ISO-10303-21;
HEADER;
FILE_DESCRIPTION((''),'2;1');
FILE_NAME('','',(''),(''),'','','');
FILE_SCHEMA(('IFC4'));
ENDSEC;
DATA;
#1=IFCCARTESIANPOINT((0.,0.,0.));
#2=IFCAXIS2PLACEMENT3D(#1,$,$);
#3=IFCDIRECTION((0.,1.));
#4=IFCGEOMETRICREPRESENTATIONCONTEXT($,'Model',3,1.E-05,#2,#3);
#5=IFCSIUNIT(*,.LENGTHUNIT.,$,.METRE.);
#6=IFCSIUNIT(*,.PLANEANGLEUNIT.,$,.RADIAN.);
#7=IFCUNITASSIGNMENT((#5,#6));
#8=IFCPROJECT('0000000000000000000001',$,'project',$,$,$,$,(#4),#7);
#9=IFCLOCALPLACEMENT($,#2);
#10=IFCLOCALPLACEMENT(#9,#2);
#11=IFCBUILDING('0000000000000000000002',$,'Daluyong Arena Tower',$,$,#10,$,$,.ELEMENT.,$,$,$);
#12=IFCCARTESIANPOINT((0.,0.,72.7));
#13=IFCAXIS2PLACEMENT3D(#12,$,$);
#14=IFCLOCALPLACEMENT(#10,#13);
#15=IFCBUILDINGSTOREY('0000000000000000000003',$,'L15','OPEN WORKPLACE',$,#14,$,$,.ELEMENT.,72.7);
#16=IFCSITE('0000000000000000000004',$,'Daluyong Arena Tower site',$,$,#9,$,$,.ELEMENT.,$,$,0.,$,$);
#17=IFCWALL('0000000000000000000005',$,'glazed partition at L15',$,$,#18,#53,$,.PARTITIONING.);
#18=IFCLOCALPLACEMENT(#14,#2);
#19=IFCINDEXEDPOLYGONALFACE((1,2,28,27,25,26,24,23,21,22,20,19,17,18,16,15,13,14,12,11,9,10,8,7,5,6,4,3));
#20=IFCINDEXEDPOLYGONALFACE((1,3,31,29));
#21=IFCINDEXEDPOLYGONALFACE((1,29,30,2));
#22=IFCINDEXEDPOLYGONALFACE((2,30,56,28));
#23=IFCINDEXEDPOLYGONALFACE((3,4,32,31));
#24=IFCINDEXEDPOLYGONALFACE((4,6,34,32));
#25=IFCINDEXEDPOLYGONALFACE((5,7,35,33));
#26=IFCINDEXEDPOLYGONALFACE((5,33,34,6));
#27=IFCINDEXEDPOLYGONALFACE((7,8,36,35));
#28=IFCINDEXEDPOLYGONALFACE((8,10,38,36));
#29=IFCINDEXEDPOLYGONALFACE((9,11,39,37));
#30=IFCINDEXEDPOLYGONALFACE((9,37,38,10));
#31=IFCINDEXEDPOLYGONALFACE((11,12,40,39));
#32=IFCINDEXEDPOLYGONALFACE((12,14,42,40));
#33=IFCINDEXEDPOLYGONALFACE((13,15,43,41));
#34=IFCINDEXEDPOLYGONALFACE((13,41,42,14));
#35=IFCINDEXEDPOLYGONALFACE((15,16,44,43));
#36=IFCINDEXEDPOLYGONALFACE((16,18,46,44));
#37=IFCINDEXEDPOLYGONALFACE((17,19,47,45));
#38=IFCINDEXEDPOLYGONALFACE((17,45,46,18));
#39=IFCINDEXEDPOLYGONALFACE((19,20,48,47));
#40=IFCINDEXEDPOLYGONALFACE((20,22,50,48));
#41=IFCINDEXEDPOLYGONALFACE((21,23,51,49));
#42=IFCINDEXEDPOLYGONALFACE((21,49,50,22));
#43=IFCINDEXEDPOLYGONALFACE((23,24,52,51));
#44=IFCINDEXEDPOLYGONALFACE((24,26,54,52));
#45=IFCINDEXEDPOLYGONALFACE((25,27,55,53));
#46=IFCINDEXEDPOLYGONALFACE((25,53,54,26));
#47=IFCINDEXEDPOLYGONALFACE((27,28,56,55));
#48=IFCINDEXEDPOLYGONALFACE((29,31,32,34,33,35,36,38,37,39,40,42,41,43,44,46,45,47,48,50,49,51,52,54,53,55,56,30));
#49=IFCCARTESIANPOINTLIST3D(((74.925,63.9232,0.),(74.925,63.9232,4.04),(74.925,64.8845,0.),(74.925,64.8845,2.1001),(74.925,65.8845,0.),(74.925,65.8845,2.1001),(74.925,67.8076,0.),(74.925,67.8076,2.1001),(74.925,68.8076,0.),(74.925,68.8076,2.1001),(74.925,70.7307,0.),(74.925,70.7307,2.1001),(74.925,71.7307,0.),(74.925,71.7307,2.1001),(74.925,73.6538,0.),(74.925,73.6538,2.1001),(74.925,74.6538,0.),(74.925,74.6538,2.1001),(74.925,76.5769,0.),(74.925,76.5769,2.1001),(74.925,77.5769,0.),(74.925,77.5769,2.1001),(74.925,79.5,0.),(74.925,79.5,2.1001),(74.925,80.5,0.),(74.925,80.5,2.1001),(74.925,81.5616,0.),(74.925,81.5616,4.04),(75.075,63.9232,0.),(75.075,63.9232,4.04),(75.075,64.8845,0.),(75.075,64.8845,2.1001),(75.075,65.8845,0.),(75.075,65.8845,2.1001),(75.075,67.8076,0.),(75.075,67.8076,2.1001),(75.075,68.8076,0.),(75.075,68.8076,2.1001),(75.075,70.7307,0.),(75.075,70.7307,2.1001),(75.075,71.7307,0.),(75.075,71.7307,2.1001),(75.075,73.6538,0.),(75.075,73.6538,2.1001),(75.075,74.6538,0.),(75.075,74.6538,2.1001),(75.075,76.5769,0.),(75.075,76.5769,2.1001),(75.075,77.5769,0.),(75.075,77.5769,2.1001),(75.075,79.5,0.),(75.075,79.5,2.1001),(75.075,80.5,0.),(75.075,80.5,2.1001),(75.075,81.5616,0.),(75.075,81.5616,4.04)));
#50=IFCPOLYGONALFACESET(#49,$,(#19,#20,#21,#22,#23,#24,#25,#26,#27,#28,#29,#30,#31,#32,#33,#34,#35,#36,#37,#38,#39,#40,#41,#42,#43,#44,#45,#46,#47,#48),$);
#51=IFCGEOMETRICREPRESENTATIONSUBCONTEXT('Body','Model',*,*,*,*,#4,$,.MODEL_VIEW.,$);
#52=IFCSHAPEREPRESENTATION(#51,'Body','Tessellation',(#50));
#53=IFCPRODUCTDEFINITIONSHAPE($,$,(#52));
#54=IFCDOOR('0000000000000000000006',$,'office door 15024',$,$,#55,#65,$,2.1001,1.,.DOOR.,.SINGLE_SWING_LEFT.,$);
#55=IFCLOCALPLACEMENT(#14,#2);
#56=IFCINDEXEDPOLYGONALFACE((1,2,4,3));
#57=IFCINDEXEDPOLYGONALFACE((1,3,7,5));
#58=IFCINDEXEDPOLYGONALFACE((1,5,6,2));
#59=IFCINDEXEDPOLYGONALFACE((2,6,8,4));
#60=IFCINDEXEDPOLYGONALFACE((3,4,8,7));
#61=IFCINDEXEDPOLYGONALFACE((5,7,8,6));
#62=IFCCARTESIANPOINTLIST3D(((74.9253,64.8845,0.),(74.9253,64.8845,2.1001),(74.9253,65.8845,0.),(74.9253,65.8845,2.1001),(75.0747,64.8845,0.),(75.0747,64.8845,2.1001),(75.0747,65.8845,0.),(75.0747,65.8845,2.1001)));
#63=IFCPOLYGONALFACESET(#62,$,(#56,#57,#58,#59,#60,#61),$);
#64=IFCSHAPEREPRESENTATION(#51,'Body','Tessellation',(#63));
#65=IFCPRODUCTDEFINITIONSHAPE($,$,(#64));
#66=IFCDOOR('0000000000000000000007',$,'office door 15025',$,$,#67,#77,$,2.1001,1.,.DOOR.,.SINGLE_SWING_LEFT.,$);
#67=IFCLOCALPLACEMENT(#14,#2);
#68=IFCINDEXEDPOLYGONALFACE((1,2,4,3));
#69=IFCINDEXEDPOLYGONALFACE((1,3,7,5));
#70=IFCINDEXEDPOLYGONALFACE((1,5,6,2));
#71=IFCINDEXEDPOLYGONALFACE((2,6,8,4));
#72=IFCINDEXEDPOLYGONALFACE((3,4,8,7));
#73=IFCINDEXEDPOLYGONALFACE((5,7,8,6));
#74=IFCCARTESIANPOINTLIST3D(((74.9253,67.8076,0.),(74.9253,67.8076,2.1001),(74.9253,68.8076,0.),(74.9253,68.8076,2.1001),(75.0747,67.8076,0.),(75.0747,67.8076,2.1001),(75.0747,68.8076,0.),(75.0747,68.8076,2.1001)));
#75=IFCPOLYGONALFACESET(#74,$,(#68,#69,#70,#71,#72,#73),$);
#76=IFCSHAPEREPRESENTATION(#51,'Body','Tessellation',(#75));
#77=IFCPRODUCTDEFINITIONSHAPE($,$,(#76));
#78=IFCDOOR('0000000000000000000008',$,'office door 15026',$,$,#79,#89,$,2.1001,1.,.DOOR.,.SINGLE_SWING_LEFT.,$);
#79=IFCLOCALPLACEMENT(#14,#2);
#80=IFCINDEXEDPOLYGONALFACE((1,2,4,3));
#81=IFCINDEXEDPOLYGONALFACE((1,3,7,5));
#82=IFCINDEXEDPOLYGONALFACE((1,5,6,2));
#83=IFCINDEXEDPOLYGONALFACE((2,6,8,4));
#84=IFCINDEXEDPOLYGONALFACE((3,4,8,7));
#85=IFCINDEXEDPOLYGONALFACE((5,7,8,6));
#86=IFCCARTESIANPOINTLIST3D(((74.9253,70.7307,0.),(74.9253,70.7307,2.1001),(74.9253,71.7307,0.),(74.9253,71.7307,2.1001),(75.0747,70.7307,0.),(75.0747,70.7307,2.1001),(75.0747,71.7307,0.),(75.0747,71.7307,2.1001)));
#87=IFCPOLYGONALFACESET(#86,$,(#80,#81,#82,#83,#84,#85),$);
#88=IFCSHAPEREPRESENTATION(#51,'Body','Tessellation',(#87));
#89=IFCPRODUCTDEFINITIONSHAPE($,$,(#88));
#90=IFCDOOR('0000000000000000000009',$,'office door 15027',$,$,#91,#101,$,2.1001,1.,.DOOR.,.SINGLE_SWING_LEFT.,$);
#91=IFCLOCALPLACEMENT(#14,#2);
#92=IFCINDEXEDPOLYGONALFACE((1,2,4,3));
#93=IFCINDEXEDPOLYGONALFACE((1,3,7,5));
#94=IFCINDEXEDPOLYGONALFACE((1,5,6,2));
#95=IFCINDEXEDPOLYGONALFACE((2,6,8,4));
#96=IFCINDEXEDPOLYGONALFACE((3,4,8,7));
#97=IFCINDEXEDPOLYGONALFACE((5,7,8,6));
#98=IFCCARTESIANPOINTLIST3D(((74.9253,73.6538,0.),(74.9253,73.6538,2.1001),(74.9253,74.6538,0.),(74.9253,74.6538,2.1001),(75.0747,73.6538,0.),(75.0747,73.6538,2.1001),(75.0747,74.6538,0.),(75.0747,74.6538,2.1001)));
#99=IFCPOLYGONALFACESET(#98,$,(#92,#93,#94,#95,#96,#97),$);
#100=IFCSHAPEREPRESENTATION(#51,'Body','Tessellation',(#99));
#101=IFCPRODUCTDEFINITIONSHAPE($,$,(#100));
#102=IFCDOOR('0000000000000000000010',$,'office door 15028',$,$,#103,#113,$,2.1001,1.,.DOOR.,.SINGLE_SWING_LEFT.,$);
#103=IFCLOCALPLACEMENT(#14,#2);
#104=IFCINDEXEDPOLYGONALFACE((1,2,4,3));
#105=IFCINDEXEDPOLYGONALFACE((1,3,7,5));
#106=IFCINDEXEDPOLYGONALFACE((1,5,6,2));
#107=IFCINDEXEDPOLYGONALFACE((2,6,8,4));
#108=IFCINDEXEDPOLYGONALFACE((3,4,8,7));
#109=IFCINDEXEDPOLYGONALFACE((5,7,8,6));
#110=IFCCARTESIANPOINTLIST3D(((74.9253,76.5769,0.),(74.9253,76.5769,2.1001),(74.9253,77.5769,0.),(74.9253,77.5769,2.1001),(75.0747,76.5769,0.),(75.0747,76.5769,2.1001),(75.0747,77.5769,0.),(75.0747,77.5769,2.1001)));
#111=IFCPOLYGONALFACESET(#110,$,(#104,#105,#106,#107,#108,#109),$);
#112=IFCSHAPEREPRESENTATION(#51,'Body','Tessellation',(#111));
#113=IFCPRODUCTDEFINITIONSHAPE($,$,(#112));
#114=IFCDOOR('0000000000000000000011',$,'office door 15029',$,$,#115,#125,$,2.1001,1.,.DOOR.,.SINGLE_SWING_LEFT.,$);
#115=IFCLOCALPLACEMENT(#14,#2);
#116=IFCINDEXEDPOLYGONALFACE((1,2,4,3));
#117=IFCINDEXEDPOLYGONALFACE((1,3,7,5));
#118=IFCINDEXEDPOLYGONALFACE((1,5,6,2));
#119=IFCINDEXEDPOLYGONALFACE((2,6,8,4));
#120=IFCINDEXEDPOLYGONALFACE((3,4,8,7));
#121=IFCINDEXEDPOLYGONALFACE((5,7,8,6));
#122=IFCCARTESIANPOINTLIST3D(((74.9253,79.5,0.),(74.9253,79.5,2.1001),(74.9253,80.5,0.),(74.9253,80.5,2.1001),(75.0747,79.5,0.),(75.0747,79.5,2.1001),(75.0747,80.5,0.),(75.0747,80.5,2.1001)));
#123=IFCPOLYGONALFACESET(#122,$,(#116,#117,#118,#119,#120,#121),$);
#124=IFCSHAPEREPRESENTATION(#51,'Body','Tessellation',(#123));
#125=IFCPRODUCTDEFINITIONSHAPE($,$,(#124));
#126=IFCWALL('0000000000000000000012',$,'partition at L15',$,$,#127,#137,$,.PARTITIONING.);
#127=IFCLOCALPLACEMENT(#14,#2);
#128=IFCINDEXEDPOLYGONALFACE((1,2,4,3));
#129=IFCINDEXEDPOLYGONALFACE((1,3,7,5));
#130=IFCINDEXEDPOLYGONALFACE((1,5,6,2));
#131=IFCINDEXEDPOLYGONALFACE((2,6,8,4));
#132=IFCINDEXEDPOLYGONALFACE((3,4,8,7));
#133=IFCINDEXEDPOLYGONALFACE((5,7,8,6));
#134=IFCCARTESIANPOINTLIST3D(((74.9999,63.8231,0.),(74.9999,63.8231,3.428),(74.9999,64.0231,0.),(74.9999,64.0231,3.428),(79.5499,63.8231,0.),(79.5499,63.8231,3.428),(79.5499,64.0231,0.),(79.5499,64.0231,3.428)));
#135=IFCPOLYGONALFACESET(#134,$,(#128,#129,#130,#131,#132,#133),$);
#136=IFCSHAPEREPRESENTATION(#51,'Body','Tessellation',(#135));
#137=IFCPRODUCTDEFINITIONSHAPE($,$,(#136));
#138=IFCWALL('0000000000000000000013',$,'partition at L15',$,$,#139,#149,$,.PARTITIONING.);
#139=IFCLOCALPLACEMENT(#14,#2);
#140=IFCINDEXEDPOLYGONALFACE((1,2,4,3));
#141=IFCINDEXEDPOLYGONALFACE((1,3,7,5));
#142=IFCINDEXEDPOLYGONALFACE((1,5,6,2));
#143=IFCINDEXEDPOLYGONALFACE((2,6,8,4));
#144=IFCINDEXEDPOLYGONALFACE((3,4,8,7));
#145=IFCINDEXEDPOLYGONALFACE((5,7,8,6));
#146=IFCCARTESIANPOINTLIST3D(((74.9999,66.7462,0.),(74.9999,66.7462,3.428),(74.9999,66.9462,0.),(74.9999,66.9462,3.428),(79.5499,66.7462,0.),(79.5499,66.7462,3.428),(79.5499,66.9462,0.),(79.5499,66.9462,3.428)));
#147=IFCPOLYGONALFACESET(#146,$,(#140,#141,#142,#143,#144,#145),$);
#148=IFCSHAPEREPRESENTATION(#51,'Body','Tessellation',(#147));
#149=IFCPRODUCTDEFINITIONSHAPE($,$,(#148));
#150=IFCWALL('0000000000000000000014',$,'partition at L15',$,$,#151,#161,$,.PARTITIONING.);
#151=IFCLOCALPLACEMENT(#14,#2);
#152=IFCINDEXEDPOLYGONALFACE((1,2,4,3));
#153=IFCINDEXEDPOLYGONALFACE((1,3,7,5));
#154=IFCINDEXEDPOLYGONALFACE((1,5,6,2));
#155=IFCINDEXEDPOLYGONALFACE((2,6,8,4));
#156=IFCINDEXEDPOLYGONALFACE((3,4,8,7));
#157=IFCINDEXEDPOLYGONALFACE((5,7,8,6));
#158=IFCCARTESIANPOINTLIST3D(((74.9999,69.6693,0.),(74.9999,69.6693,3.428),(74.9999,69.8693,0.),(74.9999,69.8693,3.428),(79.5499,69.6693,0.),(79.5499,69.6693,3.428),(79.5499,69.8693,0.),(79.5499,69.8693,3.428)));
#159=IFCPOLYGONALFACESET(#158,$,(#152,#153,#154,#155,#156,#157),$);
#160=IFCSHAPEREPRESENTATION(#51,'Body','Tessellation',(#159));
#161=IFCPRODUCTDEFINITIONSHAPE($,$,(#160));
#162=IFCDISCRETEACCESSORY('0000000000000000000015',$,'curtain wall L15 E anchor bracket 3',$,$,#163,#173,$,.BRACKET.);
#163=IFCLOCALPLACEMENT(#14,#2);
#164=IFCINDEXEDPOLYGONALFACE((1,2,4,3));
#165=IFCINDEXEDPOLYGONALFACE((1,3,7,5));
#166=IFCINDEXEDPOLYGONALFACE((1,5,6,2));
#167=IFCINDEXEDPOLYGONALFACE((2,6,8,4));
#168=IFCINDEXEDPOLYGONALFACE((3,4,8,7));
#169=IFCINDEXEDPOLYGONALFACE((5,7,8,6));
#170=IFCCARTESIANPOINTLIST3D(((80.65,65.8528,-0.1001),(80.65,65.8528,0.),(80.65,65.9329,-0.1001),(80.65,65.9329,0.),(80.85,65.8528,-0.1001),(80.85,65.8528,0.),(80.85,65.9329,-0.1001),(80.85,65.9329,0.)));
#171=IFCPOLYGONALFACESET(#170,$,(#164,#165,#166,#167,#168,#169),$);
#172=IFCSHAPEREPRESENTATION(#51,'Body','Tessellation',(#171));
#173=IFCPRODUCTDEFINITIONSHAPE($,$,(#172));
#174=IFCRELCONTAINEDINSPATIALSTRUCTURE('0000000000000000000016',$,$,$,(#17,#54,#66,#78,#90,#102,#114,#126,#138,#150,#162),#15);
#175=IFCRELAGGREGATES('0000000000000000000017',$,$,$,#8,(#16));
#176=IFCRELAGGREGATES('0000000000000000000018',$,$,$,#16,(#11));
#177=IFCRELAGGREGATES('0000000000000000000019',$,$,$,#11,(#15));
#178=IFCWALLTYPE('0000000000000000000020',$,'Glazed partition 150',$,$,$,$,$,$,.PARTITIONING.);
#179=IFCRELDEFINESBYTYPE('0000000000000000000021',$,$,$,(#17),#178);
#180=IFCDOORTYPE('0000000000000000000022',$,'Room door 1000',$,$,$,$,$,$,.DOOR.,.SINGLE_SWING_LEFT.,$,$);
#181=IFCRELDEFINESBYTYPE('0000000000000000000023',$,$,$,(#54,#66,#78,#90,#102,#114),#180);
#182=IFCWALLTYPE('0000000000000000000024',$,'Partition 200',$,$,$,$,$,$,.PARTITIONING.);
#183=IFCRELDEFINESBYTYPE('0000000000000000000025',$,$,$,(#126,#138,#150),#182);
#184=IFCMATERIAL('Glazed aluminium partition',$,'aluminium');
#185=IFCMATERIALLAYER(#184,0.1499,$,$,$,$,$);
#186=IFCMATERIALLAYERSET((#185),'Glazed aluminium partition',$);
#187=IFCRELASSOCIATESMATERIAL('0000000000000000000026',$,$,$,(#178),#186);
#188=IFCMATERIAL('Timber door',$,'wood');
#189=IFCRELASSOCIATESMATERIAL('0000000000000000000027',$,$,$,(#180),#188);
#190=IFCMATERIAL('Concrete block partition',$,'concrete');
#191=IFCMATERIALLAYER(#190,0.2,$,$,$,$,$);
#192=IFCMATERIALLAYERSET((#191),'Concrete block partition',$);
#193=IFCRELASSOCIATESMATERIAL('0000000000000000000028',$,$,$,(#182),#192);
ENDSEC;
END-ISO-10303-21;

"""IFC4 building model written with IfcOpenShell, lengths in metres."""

from ifc_helpers import new_model, si_unit, direction, frame, frame_2d, origin, origin_2d, place, context, subcontext, project, spatial, rectangle, extrude, material, layer, layer_set, type_object, element, fill, save


model = new_model("IFC4")

# Units and contexts
model_context = context("Model", 3, precision=1e-05, world=origin(), true_north=direction((0.0, 1.0)))
body_context = subcontext(model_context, "Body", "Model", "MODEL_VIEW")
ifc_project = project(units=[si_unit("LENGTHUNIT", "METRE"), si_unit("PLANEANGLEUNIT", "RADIAN")], contexts=[model_context])

# Site, building, storey
site_placement = place(None, origin())
site = spatial("IfcSite", under=ifc_project, at=site_placement, Name="Daluyong Arena Tower site", CompositionType="ELEMENT", RefElevation=0.0)
building_placement = place(site_placement, origin())
building = spatial("IfcBuilding", under=site, at=building_placement, Name="Daluyong Arena Tower", CompositionType="ELEMENT")
storey_placement = place(building_placement, frame((0.0, 0.0, 72.7)))
storey = spatial("IfcBuildingStorey", under=building, at=storey_placement, Name="L15", Description="OPEN WORKPLACE", CompositionType="ELEMENT", Elevation=72.7)

# Wall, openings, doors
ifc_material_1 = material(Name="Glazed aluminium partition", Category="aluminium")
ifc_layer_1 = layer(ifc_material_1, 0.1499)
ifc_layer_set_1 = layer_set([ifc_layer_1], Name="Glazed aluminium partition")
wall_type_1 = type_object("IfcWallType", Name="Glazed partition 150", PredefinedType="PARTITIONING", material=ifc_layer_set_1)
wall_placement = place(storey_placement, frame((75.0, 63.9231, 0.0), z_axis=(0.0, 0.0, 1.0), x_axis=(0.0, 1.0, 0.0)))
wall = element("IfcWall", 1, at=wall_placement, inside=storey, type_object=wall_type_1, Name="glazed partition at L15", PredefinedType="PARTITIONING", context=body_context, shape_type="SweptSolid", body=[
    extrude(rectangle(XDim=17.6384, YDim=0.1499, at=frame_2d((8.8193, 0.0))), origin(), (0.0, 0.0, 1.0), 4.04),
])
opening_1_placement = place(wall_placement, frame((0.9614, 0.0, 0.0)))
opening_1 = element("IfcOpeningElement", 2, at=opening_1_placement, cuts=wall, PredefinedType="OPENING", context=body_context, shape_type="SweptSolid", body=[
    extrude(rectangle(XDim=1.0, YDim=2.1001, at=frame_2d((0.5, 1.05))), frame((0.0, 0.085, 0.0), z_axis=(0.0, -1.0, 0.0), x_axis=(1.0, 0.0, 0.0)), (0.0, 0.0, 1.0), 0.1699),
])
opening_2_placement = place(wall_placement, frame((3.8845, 0.0, 0.0)))
opening_2 = element("IfcOpeningElement", 3, at=opening_2_placement, cuts=wall, PredefinedType="OPENING", context=body_context, shape_type="SweptSolid", body=[
    extrude(rectangle(XDim=1.0, YDim=2.1001, at=frame_2d((0.5, 1.05))), frame((0.0, 0.085, 0.0), z_axis=(0.0, -1.0, 0.0), x_axis=(1.0, 0.0, 0.0)), (0.0, 0.0, 1.0), 0.1699),
])
opening_3_placement = place(wall_placement, frame((6.8076, 0.0, 0.0)))
opening_3 = element("IfcOpeningElement", 4, at=opening_3_placement, cuts=wall, PredefinedType="OPENING", context=body_context, shape_type="SweptSolid", body=[
    extrude(rectangle(XDim=1.0, YDim=2.1001, at=frame_2d((0.5, 1.05))), frame((0.0, 0.085, 0.0), z_axis=(0.0, -1.0, 0.0), x_axis=(1.0, 0.0, 0.0)), (0.0, 0.0, 1.0), 0.1699),
])
opening_4_placement = place(wall_placement, frame((9.7307, 0.0, 0.0)))
opening_4 = element("IfcOpeningElement", 5, at=opening_4_placement, cuts=wall, PredefinedType="OPENING", context=body_context, shape_type="SweptSolid", body=[
    extrude(rectangle(XDim=1.0, YDim=2.1001, at=frame_2d((0.5, 1.05))), frame((0.0, 0.085, 0.0), z_axis=(0.0, -1.0, 0.0), x_axis=(1.0, 0.0, 0.0)), (0.0, 0.0, 1.0), 0.1699),
])
opening_5_placement = place(wall_placement, frame((12.6538, 0.0, 0.0)))
opening_5 = element("IfcOpeningElement", 6, at=opening_5_placement, cuts=wall, PredefinedType="OPENING", context=body_context, shape_type="SweptSolid", body=[
    extrude(rectangle(XDim=1.0, YDim=2.1001, at=frame_2d((0.5, 1.05))), frame((0.0, 0.085, 0.0), z_axis=(0.0, -1.0, 0.0), x_axis=(1.0, 0.0, 0.0)), (0.0, 0.0, 1.0), 0.1699),
])
opening_6_placement = place(wall_placement, frame((15.5769, 0.0, 0.0)))
opening_6 = element("IfcOpeningElement", 7, at=opening_6_placement, cuts=wall, PredefinedType="OPENING", context=body_context, shape_type="SweptSolid", body=[
    extrude(rectangle(XDim=1.0, YDim=2.1001, at=frame_2d((0.5, 1.05))), frame((0.0, 0.085, 0.0), z_axis=(0.0, -1.0, 0.0), x_axis=(1.0, 0.0, 0.0)), (0.0, 0.0, 1.0), 0.1699),
])
ifc_material_2 = material(Name="Timber door", Category="wood")
door_type = type_object("IfcDoorType", Name="Room door 1000", OperationType="SINGLE_SWING_LEFT", PredefinedType="DOOR", material=ifc_material_2)
door_1_placement = place(opening_1_placement, origin())
door_1 = element("IfcDoor", 8, at=door_1_placement, inside=storey, type_object=door_type, Name="office door 15024", OperationType="SINGLE_SWING_LEFT", OverallHeight=2.1001, OverallWidth=1.0, PredefinedType="DOOR", context=body_context, shape_type="SweptSolid", body=[
    extrude(rectangle(XDim=1.0, YDim=2.1001, at=frame_2d((0.5, 1.05))), frame((0.0, 0.0747, 0.0), z_axis=(0.0, -1.0, 0.0), x_axis=(1.0, 0.0, 0.0)), (0.0, 0.0, 1.0), 0.1494),
])
fill(opening_1, door_1)
door_2_placement = place(opening_2_placement, origin())
door_2 = element("IfcDoor", 9, at=door_2_placement, inside=storey, type_object=door_type, Name="office door 15025", OperationType="SINGLE_SWING_LEFT", OverallHeight=2.1001, OverallWidth=1.0, PredefinedType="DOOR", context=body_context, shape_type="SweptSolid", body=[
    extrude(rectangle(XDim=1.0, YDim=2.1001, at=frame_2d((0.5, 1.05))), frame((0.0, 0.0747, 0.0), z_axis=(0.0, -1.0, 0.0), x_axis=(1.0, 0.0, 0.0)), (0.0, 0.0, 1.0), 0.1494),
])
fill(opening_2, door_2)
door_3_placement = place(opening_3_placement, origin())
door_3 = element("IfcDoor", 10, at=door_3_placement, inside=storey, type_object=door_type, Name="office door 15026", OperationType="SINGLE_SWING_LEFT", OverallHeight=2.1001, OverallWidth=1.0, PredefinedType="DOOR", context=body_context, shape_type="SweptSolid", body=[
    extrude(rectangle(XDim=1.0, YDim=2.1001, at=frame_2d((0.5, 1.05))), frame((0.0, 0.0747, 0.0), z_axis=(0.0, -1.0, 0.0), x_axis=(1.0, 0.0, 0.0)), (0.0, 0.0, 1.0), 0.1494),
])
fill(opening_3, door_3)
door_4_placement = place(opening_4_placement, origin())
door_4 = element("IfcDoor", 11, at=door_4_placement, inside=storey, type_object=door_type, Name="office door 15027", OperationType="SINGLE_SWING_LEFT", OverallHeight=2.1001, OverallWidth=1.0, PredefinedType="DOOR", context=body_context, shape_type="SweptSolid", body=[
    extrude(rectangle(XDim=1.0, YDim=2.1001, at=frame_2d((0.5, 1.05))), frame((0.0, 0.0747, 0.0), z_axis=(0.0, -1.0, 0.0), x_axis=(1.0, 0.0, 0.0)), (0.0, 0.0, 1.0), 0.1494),
])
fill(opening_4, door_4)
door_5_placement = place(opening_5_placement, origin())
door_5 = element("IfcDoor", 12, at=door_5_placement, inside=storey, type_object=door_type, Name="office door 15028", OperationType="SINGLE_SWING_LEFT", OverallHeight=2.1001, OverallWidth=1.0, PredefinedType="DOOR", context=body_context, shape_type="SweptSolid", body=[
    extrude(rectangle(XDim=1.0, YDim=2.1001, at=frame_2d((0.5, 1.05))), frame((0.0, 0.0747, 0.0), z_axis=(0.0, -1.0, 0.0), x_axis=(1.0, 0.0, 0.0)), (0.0, 0.0, 1.0), 0.1494),
])
fill(opening_5, door_5)
door_6_placement = place(opening_6_placement, origin())
door_6 = element("IfcDoor", 13, at=door_6_placement, inside=storey, type_object=door_type, Name="office door 15029", OperationType="SINGLE_SWING_LEFT", OverallHeight=2.1001, OverallWidth=1.0, PredefinedType="DOOR", context=body_context, shape_type="SweptSolid", body=[
    extrude(rectangle(XDim=1.0, YDim=2.1001, at=frame_2d((0.5, 1.05))), frame((0.0, 0.0747, 0.0), z_axis=(0.0, -1.0, 0.0), x_axis=(1.0, 0.0, 0.0)), (0.0, 0.0, 1.0), 0.1494),
])
fill(opening_6, door_6)

# Walls
ifc_material_3 = material(Name="Concrete block partition", Category="concrete")
ifc_layer_2 = layer(ifc_material_3, 0.2)
ifc_layer_set_2 = layer_set([ifc_layer_2], Name="Concrete block partition")
wall_type_2 = type_object("IfcWallType", Name="Partition 200", PredefinedType="PARTITIONING", material=ifc_layer_set_2)
for number, where, z_axis, x_axis, name in (
    (14, (75.0, 63.9231, 0.0), (0.0, 0.0, 1.0), (1.0, 0.0, 0.0), "partition at L15"),
    (15, (75.0, 66.8462, 0.0), (0.0, 0.0, 1.0), (1.0, 0.0, 0.0), "partition at L15"),
    (16, (75.0, 69.7693, 0.0), (0.0, 0.0, 1.0), (1.0, 0.0, 0.0), "partition at L15"),
):
    element("IfcWall", number, at=place(storey_placement, frame(where, z_axis=z_axis, x_axis=x_axis)), inside=storey, type_object=wall_type_2, Name=name, PredefinedType="PARTITIONING", context=body_context, shape_type="SweptSolid", body=[
        extrude(rectangle(XDim=4.55, YDim=0.2, at=frame_2d((2.2749, 0.0))), origin(), (0.0, 0.0, 1.0), 3.428),
    ])

# Discrete accessory
for number, where, z_axis, x_axis, name in (
    (17, (80.75, 65.8928, -0.1001), (0.0, 0.0, 1.0), (0.0, 1.0, 0.0), "curtain wall L15 E anchor bracket 3"),
):
    element("IfcDiscreteAccessory", number, at=place(storey_placement, frame(where, z_axis=z_axis, x_axis=x_axis)), inside=storey, Name=name, PredefinedType="BRACKET", context=body_context, shape_type="SweptSolid", body=[
        extrude(rectangle(XDim=0.0801, YDim=0.2, at=origin_2d()), origin(), (0.0, 0.0, 1.0), 0.1001),
    ])

save(model, "model.ifc")
